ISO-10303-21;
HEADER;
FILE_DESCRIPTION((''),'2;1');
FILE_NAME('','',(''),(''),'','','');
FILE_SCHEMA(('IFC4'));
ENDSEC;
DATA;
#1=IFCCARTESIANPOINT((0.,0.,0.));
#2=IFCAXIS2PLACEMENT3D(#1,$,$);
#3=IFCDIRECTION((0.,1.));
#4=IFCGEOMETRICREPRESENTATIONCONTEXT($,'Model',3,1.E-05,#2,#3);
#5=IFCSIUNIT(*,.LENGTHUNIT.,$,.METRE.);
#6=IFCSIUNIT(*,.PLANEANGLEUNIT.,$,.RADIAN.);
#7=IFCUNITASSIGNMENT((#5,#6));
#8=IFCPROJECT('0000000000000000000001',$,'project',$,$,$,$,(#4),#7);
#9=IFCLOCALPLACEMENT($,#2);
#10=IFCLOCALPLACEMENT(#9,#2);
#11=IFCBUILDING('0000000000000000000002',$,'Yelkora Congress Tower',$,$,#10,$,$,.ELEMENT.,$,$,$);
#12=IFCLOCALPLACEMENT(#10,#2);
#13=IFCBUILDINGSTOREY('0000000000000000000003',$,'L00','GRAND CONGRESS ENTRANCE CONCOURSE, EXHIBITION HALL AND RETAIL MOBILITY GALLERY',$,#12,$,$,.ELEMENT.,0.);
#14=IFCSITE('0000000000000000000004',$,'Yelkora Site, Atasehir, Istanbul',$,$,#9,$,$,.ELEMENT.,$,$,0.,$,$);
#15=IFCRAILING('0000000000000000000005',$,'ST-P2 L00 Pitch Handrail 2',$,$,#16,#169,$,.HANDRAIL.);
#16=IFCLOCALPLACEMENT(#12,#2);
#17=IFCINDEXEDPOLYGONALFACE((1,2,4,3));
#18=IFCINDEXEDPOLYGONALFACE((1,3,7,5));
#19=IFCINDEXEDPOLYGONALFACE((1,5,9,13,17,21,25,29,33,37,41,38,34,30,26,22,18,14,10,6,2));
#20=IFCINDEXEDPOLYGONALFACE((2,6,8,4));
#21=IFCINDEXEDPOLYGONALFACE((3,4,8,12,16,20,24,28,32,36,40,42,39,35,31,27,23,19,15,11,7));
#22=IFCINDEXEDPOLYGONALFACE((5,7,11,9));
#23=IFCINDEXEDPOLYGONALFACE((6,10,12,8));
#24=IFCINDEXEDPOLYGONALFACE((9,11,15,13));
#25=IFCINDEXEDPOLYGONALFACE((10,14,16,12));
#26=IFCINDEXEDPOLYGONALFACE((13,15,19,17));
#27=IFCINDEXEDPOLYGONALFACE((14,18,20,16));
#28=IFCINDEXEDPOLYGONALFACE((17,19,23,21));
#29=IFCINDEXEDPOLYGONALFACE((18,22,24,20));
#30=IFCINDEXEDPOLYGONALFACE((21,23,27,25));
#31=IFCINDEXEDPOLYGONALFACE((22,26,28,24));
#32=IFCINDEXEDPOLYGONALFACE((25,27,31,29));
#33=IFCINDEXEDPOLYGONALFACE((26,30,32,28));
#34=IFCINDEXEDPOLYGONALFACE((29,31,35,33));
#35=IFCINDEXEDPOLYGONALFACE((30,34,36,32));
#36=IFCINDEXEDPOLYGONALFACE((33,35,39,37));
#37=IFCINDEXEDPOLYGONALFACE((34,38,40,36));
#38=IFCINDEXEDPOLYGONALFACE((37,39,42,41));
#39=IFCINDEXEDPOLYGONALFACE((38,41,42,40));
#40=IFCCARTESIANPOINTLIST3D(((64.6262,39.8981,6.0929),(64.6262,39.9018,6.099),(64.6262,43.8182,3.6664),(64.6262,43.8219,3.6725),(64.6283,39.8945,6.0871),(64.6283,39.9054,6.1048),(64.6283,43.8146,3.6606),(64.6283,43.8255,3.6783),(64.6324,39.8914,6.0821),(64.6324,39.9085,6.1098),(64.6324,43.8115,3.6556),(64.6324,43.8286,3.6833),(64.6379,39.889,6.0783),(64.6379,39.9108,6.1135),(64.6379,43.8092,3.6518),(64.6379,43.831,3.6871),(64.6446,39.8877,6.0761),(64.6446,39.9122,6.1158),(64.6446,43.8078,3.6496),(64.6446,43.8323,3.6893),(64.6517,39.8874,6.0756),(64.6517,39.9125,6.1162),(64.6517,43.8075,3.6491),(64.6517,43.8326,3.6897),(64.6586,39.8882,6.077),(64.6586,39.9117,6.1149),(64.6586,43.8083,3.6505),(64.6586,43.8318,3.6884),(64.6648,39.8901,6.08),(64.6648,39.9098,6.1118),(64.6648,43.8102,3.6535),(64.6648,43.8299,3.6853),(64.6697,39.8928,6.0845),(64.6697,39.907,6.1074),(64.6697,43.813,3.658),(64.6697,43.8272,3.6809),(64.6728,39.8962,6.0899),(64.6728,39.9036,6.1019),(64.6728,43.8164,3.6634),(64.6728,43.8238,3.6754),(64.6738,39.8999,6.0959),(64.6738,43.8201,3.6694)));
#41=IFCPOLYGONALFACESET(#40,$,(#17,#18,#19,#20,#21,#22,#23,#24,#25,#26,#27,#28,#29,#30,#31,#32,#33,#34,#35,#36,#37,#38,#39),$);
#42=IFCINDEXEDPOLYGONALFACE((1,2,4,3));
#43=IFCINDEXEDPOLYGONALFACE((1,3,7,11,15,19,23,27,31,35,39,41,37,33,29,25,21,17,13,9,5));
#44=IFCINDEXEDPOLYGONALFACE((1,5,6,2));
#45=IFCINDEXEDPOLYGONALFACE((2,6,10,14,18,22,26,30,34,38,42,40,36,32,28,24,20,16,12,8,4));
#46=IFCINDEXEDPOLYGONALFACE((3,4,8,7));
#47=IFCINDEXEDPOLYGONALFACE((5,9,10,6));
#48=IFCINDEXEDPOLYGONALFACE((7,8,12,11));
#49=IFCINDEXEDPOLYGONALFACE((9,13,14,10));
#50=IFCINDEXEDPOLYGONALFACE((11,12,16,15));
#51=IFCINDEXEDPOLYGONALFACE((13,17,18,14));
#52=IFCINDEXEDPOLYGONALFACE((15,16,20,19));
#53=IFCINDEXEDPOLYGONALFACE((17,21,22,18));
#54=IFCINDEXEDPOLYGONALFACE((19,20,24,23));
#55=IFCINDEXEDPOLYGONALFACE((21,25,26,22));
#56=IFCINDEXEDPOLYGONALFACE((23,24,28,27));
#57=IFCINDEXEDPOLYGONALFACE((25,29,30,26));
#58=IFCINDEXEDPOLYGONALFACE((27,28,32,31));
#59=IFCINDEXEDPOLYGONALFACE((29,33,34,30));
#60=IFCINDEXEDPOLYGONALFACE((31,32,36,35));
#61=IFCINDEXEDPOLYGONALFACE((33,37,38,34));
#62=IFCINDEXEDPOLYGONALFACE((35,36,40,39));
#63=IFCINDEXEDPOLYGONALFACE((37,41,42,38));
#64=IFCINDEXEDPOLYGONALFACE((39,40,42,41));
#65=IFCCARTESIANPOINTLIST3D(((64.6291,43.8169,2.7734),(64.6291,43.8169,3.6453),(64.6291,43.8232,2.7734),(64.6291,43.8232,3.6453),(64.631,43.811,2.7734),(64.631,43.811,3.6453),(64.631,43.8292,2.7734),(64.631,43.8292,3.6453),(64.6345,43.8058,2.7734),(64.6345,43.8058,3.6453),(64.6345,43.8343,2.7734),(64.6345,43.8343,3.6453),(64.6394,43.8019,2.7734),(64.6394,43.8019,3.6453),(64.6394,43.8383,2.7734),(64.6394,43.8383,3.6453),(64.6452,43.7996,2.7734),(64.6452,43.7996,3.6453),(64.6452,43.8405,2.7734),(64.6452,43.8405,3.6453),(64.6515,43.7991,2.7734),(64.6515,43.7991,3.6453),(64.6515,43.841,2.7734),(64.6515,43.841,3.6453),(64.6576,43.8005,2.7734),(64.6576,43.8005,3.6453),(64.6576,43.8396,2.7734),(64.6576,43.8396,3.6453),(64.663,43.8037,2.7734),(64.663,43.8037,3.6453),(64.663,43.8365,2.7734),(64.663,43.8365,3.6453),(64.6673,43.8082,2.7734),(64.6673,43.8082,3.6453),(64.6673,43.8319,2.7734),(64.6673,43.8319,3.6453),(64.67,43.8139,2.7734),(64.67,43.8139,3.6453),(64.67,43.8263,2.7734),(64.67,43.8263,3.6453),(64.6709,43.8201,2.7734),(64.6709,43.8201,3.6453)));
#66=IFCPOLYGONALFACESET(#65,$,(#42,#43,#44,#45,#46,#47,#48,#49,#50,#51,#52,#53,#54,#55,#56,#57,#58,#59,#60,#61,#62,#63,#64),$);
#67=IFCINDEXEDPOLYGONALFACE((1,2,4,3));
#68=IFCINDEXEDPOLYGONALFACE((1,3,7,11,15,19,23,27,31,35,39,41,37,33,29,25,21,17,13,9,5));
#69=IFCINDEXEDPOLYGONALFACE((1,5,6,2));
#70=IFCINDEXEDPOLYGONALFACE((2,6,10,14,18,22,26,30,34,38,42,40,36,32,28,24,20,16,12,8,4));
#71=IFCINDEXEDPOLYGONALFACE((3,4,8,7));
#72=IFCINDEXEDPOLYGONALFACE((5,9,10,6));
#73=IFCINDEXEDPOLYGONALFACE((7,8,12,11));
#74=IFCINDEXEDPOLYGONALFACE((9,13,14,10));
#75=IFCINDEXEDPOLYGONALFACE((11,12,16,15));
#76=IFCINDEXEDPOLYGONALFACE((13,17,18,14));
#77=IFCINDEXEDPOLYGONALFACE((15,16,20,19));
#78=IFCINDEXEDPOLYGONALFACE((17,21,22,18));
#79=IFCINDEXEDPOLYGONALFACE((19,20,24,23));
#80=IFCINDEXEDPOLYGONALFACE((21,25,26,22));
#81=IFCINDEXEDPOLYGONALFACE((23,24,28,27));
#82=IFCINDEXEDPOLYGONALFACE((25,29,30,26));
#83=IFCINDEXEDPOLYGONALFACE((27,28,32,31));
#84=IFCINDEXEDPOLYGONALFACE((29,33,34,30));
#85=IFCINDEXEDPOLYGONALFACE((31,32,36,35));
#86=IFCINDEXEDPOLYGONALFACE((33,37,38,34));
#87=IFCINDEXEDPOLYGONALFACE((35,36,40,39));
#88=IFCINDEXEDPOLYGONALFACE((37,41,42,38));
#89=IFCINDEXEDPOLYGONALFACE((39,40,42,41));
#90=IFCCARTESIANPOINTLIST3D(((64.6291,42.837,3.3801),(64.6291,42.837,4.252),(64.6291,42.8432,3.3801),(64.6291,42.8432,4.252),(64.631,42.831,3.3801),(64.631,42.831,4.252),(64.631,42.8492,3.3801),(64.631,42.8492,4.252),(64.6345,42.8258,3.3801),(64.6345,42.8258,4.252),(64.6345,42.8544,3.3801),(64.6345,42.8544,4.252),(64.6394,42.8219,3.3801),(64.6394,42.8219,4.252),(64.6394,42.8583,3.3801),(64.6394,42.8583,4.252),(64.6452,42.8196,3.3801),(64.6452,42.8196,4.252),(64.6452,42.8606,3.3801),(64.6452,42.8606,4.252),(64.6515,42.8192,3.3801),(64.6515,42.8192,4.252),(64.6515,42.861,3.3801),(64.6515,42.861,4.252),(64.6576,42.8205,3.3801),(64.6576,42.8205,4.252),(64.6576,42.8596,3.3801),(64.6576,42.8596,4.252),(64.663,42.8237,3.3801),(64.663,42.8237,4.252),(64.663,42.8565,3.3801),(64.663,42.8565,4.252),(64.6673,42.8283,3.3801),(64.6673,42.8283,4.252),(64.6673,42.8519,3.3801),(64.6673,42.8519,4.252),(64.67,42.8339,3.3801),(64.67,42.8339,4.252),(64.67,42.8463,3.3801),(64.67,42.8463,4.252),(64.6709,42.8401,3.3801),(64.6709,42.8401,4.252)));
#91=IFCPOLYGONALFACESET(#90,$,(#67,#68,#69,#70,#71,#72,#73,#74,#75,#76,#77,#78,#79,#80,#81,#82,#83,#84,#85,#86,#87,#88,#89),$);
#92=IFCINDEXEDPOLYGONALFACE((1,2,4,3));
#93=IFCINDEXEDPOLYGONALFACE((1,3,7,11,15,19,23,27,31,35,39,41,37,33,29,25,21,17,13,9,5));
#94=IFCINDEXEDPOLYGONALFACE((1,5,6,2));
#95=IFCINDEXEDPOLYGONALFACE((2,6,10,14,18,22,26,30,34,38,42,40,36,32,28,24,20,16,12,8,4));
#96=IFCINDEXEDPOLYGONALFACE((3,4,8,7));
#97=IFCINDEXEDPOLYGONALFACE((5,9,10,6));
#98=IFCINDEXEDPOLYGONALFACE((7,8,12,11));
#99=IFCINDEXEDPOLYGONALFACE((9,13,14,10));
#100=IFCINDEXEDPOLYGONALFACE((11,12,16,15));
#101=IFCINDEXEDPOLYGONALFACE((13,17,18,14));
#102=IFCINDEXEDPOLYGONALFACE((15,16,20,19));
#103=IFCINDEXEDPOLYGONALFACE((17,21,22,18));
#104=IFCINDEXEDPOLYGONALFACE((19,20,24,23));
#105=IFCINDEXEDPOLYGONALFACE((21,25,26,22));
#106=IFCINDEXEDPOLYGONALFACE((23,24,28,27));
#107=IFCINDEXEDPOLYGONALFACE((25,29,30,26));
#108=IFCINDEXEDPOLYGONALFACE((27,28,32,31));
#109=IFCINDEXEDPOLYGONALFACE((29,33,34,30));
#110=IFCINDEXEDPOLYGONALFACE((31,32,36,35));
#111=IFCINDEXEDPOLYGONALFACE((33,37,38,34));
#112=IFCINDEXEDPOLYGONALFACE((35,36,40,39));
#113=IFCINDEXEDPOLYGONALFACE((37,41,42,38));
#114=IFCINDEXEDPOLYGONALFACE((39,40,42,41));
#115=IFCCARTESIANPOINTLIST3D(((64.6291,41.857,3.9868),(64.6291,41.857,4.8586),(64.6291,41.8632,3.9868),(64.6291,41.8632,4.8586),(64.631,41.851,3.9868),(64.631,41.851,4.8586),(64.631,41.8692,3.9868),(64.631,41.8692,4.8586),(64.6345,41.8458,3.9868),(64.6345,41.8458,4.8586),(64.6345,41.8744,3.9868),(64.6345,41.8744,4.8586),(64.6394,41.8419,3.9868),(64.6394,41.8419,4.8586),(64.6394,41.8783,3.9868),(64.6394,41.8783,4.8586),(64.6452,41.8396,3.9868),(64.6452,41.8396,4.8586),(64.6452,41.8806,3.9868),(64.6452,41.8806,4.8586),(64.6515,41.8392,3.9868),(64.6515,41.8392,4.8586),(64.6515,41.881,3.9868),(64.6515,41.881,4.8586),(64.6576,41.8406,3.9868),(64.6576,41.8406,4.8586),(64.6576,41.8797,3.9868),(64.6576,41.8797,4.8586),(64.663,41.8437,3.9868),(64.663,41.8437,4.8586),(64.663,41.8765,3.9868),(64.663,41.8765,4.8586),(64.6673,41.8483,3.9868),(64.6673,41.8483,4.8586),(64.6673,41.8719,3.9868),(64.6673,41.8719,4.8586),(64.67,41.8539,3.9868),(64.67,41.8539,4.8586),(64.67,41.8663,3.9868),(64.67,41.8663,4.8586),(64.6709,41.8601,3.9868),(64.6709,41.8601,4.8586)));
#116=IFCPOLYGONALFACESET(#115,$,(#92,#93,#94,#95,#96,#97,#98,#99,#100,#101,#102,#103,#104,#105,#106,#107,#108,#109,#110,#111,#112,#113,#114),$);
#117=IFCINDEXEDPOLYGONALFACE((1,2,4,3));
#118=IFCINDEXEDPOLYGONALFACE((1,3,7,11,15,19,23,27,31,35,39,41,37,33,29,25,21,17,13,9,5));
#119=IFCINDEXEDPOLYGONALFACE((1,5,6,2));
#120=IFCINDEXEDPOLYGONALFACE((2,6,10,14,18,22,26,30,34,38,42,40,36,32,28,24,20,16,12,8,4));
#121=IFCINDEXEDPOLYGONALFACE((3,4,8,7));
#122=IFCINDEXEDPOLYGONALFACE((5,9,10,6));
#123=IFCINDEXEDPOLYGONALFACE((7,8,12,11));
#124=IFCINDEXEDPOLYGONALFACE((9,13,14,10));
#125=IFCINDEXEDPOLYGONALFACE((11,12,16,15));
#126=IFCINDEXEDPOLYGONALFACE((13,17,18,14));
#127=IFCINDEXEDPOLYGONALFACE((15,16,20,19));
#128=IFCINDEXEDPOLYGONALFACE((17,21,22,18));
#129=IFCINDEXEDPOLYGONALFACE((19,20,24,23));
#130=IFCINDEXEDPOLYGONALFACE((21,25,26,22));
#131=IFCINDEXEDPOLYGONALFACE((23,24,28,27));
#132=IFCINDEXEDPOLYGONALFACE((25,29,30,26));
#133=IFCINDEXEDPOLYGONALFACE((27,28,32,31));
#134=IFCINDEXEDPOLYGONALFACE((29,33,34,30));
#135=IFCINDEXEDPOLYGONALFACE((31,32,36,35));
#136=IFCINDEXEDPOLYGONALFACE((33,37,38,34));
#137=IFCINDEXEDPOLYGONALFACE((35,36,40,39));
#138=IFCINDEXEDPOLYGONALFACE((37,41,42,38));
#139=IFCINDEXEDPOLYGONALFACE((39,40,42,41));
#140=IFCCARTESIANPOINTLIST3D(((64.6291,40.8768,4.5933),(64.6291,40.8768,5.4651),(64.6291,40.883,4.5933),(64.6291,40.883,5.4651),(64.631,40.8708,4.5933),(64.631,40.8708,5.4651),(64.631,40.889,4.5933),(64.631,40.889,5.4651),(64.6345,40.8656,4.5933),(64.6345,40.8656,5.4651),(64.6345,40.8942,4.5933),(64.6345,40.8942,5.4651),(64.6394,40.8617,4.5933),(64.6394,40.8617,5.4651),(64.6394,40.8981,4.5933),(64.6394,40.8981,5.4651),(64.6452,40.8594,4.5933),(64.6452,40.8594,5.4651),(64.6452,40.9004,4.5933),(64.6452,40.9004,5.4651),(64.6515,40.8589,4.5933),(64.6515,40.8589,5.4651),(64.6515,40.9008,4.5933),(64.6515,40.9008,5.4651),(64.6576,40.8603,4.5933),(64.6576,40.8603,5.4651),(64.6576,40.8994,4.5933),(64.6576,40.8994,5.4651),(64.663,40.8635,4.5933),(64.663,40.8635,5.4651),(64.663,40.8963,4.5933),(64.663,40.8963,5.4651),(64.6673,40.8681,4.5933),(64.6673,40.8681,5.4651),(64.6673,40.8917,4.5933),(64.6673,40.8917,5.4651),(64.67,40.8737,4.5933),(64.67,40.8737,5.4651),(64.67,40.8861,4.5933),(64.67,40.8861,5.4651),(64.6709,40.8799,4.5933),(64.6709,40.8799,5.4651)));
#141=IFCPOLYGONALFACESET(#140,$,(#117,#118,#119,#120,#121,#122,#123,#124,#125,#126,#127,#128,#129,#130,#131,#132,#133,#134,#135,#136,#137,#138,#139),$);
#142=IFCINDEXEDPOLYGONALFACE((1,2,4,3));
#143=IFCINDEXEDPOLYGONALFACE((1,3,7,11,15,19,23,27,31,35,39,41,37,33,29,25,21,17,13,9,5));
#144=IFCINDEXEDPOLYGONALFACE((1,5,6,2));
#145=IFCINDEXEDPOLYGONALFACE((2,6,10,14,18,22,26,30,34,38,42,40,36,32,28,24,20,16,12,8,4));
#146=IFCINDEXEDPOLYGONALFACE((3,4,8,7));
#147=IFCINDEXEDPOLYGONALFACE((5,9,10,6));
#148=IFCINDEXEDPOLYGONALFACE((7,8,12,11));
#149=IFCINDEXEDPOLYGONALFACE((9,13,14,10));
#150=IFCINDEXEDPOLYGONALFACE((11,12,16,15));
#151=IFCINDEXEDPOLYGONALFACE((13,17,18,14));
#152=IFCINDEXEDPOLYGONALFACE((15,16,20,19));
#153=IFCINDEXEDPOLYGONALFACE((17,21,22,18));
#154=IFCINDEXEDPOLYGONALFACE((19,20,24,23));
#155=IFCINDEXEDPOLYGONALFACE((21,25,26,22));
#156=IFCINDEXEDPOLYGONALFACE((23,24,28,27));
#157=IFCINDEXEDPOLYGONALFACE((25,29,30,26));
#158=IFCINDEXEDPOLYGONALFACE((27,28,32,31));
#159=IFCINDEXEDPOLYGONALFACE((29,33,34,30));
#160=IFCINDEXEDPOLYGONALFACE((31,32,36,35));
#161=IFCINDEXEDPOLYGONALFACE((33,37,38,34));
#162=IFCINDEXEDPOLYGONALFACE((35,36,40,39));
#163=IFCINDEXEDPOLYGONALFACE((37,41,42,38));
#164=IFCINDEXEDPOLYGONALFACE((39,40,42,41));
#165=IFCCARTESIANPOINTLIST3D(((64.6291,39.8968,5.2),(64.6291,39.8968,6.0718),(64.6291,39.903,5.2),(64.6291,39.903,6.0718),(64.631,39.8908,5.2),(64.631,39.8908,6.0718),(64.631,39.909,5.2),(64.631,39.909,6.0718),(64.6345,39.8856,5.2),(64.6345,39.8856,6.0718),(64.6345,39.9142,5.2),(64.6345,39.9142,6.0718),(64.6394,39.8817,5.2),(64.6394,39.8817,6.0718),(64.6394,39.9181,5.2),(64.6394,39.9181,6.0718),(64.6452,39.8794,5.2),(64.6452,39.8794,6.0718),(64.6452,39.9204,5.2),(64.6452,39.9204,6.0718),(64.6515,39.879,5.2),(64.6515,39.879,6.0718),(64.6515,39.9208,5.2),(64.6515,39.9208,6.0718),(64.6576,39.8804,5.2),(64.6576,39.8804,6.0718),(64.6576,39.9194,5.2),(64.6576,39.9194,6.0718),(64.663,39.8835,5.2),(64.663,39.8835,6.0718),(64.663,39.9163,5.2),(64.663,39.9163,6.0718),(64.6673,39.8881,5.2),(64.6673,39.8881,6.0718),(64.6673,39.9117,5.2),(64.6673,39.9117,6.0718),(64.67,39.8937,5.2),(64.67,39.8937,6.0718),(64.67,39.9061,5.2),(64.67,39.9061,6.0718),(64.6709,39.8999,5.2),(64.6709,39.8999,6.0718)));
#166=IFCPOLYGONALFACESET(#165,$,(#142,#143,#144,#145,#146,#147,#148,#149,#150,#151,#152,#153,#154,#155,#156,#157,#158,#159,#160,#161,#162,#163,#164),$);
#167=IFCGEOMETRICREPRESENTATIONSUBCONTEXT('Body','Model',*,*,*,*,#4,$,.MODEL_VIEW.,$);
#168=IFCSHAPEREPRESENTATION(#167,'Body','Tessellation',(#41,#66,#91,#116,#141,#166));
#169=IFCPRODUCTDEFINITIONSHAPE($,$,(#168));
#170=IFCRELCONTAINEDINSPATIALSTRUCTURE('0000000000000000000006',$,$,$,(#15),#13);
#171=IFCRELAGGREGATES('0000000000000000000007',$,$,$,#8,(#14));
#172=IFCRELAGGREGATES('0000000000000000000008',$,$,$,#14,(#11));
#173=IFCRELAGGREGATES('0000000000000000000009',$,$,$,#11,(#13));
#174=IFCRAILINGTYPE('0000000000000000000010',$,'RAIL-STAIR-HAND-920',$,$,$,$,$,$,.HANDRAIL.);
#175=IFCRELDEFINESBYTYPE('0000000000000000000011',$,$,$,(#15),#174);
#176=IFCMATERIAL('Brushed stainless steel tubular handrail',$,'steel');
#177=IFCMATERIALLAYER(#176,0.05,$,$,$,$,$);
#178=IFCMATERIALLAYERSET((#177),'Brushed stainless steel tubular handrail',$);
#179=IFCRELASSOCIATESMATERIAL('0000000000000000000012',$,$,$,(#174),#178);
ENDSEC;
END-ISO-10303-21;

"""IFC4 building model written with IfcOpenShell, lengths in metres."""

from ifc_helpers import new_model, si_unit, direction, frame, origin, origin_2d, place, context, subcontext, project, spatial, circle, extrude, material, layer, layer_set, type_object, element, save


model = new_model("IFC4")

# Units and contexts
model_context = context("Model", 3, precision=1e-05, world=origin(), true_north=direction((0.0, 1.0)))
body_context = subcontext(model_context, "Body", "Model", "MODEL_VIEW")
ifc_project = project(units=[si_unit("LENGTHUNIT", "METRE"), si_unit("PLANEANGLEUNIT", "RADIAN")], contexts=[model_context])

# Site, building, storey
site_placement = place(None, origin())
site = spatial("IfcSite", under=ifc_project, at=site_placement, Name="Yelkora Site, Atasehir, Istanbul", CompositionType="ELEMENT", RefElevation=0.0)
building_placement = place(site_placement, origin())
building = spatial("IfcBuilding", under=site, at=building_placement, Name="Yelkora Congress Tower", CompositionType="ELEMENT")
storey_placement = place(building_placement, origin())
storey = spatial("IfcBuildingStorey", under=building, at=storey_placement, Name="L00", Description="GRAND CONGRESS ENTRANCE CONCOURSE, EXHIBITION HALL AND RETAIL MOBILITY GALLERY", CompositionType="ELEMENT", Elevation=0.0)

# Railing
ifc_material_1 = material(Name="Brushed stainless steel tubular handrail", Category="steel")
ifc_layer_1 = layer(ifc_material_1, 0.05)
ifc_layer_set_1 = layer_set([ifc_layer_1], Name="Brushed stainless steel tubular handrail")
railing_type_1 = type_object("IfcRailingType", Name="RAIL-STAIR-HAND-920", PredefinedType="HANDRAIL", material=ifc_layer_set_1)
railing_1_placement = place(storey_placement, frame((64.6499, 43.8201, 2.7734)))
element("IfcRailing", 1, at=railing_1_placement, inside=storey, type_object=railing_type_1, Name="ST-P2 L00 Pitch Handrail 2", PredefinedType="HANDRAIL", context=body_context, shape_type="SweptSolid", body=[
    extrude(circle(Radius=0.0239, at=origin_2d()), frame((0.0, 0.0, 0.896), z_axis=(0.0, -0.85029, 0.526315), x_axis=(1.0, 0.0, 0.0)), (0.0, 0.0, 1.0), 4.6104),
    extrude(circle(Radius=0.021, at=origin_2d()), origin(), (0.0, 0.0, 1.0), 0.8718),
    extrude(circle(Radius=0.021, at=origin_2d()), frame((0.0, -0.98, 0.6067)), (0.0, 0.0, 1.0), 0.8718),
    extrude(circle(Radius=0.021, at=origin_2d()), frame((0.0, -1.96, 1.2134)), (0.0, 0.0, 1.0), 0.8718),
    extrude(circle(Radius=0.021, at=origin_2d()), frame((0.0, -2.9402, 1.8198)), (0.0, 0.0, 1.0), 0.8718),
    extrude(circle(Radius=0.021, at=origin_2d()), frame((0.0, -3.9202, 2.4265)), (0.0, 0.0, 1.0), 0.8718),
])

save(model, "model.ifc")
